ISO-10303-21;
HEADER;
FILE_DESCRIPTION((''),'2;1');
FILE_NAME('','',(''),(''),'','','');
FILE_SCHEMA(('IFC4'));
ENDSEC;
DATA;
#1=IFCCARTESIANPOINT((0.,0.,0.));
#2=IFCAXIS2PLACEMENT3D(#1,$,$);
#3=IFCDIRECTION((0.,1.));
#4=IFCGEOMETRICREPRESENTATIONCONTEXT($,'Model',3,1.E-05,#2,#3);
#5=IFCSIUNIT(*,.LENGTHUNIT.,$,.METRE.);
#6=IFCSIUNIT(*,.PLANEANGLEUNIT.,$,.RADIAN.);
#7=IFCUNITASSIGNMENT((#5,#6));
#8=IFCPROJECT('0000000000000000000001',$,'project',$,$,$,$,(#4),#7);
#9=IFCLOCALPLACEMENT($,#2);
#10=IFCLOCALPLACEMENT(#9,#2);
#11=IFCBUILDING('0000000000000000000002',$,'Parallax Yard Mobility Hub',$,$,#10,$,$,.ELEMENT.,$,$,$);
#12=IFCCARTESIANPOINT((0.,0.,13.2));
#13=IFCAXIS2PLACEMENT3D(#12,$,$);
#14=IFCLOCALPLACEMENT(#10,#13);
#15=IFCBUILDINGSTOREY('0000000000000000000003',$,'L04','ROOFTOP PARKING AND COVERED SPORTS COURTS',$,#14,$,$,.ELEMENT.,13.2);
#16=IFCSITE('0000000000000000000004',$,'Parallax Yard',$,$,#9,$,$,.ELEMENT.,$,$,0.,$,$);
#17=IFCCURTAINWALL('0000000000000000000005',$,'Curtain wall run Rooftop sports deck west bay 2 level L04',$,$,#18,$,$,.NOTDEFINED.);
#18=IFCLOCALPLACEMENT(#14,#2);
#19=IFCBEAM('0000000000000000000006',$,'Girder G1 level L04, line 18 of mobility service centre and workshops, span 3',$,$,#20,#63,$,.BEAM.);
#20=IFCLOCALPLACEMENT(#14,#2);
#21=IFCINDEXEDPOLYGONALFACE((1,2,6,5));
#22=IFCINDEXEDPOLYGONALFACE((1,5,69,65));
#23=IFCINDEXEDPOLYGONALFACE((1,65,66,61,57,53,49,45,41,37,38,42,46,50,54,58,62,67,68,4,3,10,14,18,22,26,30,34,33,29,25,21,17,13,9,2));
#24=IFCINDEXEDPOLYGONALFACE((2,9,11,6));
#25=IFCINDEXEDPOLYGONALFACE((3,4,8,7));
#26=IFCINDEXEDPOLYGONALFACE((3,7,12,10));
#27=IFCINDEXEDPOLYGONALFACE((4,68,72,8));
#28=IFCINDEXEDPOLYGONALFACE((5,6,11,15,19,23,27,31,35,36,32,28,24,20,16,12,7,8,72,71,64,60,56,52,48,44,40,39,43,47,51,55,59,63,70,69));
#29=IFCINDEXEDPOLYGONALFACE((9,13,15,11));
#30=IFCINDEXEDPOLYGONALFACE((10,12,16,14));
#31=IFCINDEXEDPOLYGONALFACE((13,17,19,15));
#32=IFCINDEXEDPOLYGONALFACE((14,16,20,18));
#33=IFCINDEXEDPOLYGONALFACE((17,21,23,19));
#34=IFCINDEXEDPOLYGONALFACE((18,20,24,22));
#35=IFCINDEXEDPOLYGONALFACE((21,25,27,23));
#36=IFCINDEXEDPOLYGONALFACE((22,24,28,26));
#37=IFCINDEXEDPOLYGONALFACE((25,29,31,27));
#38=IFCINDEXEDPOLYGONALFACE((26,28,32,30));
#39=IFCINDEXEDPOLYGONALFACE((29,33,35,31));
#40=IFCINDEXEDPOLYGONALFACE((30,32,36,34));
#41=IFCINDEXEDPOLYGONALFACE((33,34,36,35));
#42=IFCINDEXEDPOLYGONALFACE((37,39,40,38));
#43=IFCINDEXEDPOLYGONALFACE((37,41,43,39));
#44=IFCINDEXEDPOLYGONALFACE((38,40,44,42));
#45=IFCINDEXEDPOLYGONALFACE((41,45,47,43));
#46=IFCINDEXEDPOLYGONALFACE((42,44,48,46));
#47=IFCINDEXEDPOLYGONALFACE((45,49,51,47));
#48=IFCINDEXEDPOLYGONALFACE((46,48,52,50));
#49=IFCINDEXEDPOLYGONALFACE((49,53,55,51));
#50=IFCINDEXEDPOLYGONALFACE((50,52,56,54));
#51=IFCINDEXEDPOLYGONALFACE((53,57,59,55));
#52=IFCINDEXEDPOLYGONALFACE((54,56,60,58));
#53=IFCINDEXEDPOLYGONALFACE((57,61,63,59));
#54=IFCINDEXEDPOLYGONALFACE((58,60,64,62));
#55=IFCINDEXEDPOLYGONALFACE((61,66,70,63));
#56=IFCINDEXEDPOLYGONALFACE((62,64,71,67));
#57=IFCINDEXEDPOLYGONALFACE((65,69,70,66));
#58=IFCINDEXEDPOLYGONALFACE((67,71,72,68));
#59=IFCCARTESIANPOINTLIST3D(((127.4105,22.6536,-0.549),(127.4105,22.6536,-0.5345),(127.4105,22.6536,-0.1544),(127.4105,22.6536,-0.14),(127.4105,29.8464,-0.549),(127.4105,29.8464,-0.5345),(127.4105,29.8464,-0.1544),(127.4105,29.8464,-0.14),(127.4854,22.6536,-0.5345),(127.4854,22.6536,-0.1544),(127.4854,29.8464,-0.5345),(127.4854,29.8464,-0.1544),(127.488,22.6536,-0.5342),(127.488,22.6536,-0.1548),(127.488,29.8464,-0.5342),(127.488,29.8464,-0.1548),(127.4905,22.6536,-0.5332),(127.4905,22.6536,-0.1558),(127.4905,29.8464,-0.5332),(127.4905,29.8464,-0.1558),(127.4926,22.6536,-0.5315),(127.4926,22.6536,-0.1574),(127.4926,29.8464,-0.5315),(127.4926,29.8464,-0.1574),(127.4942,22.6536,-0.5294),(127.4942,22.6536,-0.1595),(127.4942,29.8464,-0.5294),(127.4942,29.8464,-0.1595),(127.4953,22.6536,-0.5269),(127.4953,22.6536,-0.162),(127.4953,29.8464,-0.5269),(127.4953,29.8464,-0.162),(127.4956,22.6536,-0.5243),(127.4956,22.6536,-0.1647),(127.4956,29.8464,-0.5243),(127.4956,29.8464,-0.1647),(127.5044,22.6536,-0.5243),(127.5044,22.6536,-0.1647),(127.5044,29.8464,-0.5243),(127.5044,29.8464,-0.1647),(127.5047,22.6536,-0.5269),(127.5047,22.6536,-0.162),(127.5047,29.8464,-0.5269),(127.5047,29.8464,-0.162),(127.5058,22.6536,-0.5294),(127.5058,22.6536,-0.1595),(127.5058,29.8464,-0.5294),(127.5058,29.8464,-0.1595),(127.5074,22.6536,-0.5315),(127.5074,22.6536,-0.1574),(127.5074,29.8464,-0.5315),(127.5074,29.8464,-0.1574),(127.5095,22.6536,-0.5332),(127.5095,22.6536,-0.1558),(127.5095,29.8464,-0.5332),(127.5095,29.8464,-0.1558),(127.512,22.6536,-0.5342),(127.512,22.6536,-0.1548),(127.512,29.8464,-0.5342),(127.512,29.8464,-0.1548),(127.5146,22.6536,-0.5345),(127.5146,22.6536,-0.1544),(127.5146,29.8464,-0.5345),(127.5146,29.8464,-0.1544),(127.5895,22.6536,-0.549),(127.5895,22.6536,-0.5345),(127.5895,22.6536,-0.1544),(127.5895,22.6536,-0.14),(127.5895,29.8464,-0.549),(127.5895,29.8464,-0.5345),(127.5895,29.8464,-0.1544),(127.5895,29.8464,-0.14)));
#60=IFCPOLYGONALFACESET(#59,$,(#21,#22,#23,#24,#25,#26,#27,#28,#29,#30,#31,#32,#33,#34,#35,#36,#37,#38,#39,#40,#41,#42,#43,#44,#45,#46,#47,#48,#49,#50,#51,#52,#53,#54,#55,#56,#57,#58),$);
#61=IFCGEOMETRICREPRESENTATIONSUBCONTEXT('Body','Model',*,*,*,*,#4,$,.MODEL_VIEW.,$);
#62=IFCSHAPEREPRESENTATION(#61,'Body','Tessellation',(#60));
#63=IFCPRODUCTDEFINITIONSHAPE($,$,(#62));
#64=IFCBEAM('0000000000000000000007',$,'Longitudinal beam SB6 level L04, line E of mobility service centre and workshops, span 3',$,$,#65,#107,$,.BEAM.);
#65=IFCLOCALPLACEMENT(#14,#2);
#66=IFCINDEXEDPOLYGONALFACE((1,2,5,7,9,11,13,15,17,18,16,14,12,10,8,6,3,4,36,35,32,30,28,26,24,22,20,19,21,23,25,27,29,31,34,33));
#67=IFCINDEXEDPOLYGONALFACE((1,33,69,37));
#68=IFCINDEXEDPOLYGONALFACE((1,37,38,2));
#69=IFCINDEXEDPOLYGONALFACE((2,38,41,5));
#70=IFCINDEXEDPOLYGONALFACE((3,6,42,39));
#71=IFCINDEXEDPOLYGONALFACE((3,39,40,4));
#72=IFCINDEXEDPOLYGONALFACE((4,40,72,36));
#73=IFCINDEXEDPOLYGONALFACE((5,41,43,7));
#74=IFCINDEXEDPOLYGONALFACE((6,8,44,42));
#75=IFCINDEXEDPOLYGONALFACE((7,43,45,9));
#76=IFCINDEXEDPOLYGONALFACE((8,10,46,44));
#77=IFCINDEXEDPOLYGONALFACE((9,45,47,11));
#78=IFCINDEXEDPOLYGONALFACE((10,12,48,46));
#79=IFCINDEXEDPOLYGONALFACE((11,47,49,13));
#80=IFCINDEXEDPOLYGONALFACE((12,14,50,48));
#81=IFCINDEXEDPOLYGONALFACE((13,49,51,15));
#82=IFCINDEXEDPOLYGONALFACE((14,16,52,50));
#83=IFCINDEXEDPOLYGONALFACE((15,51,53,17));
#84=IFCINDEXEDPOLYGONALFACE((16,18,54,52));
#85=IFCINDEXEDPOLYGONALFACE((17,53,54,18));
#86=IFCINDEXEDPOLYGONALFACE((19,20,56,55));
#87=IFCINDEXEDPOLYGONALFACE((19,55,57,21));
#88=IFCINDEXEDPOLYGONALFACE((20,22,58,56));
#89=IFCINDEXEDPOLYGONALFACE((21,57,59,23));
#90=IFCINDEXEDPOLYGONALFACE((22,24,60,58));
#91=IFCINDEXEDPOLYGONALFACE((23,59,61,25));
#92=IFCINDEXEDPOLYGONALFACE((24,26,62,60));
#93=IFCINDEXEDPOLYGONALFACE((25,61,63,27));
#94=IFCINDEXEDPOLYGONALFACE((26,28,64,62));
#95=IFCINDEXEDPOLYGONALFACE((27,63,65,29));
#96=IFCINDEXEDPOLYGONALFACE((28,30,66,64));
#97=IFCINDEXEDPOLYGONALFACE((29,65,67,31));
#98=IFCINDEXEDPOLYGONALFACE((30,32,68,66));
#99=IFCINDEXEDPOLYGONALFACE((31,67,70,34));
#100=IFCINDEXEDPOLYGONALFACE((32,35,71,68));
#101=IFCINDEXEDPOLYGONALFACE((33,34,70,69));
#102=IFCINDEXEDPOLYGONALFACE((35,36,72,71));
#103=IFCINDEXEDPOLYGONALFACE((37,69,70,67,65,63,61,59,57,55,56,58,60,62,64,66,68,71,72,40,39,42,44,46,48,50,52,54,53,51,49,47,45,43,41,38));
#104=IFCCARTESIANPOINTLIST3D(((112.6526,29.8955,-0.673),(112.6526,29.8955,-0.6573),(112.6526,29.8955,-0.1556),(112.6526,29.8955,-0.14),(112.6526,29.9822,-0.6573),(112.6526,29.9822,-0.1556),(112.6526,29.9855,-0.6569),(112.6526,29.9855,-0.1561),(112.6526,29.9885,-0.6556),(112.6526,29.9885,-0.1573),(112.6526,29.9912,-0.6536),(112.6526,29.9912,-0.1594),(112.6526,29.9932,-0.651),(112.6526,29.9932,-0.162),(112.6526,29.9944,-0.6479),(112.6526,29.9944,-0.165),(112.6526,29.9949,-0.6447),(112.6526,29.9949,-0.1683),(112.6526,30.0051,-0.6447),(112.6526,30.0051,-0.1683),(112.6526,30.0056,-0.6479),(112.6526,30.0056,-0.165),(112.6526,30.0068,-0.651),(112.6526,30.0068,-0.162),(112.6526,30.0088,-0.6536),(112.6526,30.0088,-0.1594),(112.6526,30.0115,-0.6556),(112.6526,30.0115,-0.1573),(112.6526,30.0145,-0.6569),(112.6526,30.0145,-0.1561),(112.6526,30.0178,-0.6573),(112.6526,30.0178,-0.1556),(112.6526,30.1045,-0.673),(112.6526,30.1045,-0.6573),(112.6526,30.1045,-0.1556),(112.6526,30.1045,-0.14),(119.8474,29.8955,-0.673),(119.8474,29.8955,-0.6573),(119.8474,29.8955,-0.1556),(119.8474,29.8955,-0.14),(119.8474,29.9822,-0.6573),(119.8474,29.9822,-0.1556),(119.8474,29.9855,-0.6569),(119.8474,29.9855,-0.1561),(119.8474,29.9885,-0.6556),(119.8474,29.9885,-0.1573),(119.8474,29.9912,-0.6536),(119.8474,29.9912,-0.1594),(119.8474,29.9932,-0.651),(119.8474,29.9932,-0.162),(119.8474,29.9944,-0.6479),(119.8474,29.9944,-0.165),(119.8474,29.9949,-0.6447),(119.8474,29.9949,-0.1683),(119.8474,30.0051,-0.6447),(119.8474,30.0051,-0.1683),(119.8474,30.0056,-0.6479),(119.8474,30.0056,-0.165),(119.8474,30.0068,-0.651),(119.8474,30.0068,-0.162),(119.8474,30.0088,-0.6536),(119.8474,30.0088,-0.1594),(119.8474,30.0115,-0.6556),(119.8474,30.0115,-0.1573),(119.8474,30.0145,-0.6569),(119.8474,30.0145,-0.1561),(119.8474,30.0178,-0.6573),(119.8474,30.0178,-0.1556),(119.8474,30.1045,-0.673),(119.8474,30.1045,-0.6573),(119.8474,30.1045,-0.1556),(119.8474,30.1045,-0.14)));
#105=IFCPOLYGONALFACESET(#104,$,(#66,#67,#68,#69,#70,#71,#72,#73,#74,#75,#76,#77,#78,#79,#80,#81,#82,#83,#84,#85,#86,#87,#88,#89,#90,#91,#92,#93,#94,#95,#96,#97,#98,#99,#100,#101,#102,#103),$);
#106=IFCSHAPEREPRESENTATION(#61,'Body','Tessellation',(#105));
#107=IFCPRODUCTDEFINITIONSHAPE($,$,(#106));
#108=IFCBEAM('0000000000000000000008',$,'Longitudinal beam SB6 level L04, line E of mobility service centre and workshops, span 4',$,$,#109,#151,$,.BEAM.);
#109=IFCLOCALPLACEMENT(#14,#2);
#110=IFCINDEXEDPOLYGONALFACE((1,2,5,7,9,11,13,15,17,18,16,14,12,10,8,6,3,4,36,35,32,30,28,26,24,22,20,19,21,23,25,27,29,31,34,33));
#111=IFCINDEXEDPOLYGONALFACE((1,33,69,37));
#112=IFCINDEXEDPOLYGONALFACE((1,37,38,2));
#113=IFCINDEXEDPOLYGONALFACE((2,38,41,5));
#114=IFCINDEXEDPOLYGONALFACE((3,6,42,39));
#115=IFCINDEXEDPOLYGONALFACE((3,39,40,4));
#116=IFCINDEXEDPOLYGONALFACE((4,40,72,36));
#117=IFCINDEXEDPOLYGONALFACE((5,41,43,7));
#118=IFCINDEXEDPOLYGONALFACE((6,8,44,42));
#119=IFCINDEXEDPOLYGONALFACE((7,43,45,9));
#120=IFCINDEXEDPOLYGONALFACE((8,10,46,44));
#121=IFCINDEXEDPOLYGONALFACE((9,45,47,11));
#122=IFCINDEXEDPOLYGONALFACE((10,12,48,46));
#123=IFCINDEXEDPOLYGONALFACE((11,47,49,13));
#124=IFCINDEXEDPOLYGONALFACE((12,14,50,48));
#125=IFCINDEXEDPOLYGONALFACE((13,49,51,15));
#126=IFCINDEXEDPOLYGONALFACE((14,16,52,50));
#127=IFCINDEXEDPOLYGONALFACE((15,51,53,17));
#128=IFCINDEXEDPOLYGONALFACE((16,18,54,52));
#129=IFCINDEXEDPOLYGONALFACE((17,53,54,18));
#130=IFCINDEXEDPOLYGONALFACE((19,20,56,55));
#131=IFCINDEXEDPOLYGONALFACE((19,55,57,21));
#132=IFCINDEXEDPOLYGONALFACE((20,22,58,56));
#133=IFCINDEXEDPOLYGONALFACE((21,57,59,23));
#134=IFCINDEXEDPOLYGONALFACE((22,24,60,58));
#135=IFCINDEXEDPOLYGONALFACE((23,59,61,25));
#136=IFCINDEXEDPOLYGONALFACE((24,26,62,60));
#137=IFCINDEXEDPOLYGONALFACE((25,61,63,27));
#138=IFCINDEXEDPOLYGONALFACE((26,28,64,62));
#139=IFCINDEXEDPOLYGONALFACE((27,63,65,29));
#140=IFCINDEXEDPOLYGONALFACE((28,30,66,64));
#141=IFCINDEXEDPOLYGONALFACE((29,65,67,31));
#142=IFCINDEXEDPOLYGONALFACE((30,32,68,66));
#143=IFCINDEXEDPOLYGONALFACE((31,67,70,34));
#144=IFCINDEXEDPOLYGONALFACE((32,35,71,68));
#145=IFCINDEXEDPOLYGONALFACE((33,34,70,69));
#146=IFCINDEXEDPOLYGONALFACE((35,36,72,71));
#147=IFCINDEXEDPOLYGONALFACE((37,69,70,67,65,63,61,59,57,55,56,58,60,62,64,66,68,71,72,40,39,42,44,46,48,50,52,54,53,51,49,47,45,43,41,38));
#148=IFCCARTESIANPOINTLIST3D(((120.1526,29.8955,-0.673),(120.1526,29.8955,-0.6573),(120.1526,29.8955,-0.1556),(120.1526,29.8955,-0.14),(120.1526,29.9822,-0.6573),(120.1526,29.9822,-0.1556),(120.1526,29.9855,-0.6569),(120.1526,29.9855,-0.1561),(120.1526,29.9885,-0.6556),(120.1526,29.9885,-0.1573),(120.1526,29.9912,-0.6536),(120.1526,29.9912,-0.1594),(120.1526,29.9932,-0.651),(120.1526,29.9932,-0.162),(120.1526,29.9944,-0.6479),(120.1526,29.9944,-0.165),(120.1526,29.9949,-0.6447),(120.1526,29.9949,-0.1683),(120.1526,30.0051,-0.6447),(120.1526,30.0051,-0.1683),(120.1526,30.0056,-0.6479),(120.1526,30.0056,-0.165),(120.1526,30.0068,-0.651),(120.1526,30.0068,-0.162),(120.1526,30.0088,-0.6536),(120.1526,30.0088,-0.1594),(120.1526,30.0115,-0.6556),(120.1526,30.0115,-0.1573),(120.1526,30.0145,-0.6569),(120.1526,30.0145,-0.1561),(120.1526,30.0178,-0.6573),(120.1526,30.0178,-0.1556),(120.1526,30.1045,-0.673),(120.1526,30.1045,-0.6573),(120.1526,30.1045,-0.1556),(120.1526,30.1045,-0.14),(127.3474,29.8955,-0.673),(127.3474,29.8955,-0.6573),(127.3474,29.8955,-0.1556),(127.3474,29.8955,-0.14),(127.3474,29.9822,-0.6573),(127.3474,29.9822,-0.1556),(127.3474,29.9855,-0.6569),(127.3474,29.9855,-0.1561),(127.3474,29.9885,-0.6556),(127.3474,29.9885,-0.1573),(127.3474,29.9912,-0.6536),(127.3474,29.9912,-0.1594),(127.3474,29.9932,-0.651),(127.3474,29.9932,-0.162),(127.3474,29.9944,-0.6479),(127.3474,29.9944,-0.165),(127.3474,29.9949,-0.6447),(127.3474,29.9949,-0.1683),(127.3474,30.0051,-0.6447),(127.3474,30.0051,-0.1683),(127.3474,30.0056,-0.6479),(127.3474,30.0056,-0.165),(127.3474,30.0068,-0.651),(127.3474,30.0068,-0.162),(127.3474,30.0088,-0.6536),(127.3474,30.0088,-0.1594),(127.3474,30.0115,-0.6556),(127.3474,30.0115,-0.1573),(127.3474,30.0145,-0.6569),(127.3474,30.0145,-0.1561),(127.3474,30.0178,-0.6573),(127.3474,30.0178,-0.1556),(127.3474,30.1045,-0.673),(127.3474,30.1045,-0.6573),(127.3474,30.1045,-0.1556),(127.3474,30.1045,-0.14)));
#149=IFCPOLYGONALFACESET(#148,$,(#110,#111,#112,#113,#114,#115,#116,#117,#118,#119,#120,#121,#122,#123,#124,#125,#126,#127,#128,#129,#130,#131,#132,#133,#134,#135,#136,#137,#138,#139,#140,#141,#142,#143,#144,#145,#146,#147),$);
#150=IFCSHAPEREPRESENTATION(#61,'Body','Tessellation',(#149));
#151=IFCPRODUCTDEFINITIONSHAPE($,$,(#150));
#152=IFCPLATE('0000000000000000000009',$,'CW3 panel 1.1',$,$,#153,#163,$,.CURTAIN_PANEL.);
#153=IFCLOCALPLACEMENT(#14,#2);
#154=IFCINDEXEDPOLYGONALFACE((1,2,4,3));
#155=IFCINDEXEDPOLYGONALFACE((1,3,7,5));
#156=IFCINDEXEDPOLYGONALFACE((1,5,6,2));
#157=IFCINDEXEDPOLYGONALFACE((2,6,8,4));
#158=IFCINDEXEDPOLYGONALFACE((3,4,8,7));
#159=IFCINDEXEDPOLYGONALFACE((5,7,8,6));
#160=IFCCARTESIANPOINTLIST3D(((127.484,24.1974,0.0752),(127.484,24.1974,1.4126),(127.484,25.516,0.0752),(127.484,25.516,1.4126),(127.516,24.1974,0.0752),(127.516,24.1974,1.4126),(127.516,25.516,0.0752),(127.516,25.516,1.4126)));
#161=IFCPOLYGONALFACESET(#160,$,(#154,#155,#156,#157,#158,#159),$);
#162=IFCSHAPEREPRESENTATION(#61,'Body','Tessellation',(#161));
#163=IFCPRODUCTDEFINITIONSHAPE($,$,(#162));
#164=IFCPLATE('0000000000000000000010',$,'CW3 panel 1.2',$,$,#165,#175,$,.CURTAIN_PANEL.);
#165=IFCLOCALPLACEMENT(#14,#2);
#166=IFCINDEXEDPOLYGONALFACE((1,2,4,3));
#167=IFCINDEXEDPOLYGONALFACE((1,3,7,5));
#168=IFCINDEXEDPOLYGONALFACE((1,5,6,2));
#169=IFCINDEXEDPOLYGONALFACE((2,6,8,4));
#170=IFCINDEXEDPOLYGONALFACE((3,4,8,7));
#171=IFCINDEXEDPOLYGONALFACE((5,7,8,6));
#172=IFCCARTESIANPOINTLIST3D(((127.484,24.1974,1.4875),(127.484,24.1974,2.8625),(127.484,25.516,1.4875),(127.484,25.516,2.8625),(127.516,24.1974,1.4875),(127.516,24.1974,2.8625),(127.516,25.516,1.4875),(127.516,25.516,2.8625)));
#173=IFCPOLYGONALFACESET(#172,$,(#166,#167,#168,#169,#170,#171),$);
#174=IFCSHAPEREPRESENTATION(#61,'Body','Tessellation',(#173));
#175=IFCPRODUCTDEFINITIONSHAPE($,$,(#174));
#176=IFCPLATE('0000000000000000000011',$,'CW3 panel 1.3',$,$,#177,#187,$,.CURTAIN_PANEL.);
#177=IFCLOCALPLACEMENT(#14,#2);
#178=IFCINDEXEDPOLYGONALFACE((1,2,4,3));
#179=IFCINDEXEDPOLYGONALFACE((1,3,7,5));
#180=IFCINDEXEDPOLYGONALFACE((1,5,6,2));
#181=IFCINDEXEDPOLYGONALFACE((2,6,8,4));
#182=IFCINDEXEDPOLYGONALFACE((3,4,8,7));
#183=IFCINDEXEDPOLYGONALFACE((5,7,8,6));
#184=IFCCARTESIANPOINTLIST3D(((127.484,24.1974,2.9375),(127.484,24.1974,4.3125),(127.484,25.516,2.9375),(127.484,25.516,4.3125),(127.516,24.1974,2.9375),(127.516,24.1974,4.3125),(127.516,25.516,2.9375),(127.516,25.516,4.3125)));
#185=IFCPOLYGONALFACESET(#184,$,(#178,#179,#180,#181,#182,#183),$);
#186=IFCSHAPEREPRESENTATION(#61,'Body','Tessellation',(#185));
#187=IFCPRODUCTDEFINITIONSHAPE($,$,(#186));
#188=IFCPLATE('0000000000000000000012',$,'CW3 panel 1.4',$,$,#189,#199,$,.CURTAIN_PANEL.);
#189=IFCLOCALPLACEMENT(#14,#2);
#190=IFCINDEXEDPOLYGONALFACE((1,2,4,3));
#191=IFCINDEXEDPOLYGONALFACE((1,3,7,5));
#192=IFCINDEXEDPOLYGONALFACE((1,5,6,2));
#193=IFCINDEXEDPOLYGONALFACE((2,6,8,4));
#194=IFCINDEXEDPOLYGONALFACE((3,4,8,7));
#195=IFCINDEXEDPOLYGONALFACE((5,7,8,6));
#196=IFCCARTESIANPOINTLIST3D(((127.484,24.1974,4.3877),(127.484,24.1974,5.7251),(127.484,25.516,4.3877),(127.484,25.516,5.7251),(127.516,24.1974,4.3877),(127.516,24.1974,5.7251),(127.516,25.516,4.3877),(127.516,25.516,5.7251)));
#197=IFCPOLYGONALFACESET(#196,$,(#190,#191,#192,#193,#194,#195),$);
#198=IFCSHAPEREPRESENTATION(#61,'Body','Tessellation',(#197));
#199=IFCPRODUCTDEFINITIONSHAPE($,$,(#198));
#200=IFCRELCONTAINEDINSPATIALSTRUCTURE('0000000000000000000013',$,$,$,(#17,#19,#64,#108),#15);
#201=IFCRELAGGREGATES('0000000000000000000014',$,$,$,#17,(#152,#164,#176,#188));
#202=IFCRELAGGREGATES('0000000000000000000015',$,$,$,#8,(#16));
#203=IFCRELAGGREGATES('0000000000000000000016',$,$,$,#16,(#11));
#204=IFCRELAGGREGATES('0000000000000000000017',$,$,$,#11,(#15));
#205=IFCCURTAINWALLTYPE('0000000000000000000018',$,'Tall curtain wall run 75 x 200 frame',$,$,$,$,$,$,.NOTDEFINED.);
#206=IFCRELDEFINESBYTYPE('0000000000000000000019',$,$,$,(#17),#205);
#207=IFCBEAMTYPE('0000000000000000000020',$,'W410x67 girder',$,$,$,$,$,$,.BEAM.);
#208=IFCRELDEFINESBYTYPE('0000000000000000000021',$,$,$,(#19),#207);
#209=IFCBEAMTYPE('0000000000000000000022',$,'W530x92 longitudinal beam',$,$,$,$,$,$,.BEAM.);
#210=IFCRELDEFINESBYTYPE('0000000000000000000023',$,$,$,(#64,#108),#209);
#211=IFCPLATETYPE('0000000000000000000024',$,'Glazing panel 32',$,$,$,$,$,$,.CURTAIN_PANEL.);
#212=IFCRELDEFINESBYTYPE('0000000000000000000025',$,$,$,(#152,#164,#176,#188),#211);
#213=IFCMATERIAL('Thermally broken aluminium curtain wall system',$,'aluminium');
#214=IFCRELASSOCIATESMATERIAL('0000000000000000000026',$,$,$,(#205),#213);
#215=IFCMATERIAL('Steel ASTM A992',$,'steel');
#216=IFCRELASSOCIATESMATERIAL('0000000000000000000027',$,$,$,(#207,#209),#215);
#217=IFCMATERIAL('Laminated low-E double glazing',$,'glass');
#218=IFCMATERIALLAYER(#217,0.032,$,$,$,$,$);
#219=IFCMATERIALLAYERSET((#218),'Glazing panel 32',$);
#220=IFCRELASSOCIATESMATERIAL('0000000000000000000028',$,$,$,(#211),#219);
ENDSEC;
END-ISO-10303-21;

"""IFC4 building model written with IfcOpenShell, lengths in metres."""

from ifc_helpers import new_model, si_unit, direction, frame, origin, origin_2d, place, context, subcontext, project, spatial, rectangle, i_section, extrude, material, layer, layer_set, material_profile, profile_set, type_object, element, aggregate, save


model = new_model("IFC4")

# Units and contexts
model_context = context("Model", 3, precision=1e-05, world=origin(), true_north=direction((0.0, 1.0)))
body_context = subcontext(model_context, "Body", "Model", "MODEL_VIEW")
ifc_project = project(units=[si_unit("LENGTHUNIT", "METRE"), si_unit("PLANEANGLEUNIT", "RADIAN")], contexts=[model_context])

# Site, building, storey
site_placement = place(None, origin())
site = spatial("IfcSite", under=ifc_project, at=site_placement, Name="Parallax Yard", CompositionType="ELEMENT", RefElevation=0.0)
building_placement = place(site_placement, origin())
building = spatial("IfcBuilding", under=site, at=building_placement, Name="Parallax Yard Mobility Hub", CompositionType="ELEMENT")
storey_placement = place(building_placement, frame((0.0, 0.0, 13.2)))
storey = spatial("IfcBuildingStorey", under=building, at=storey_placement, Name="L04", Description="ROOFTOP PARKING AND COVERED SPORTS COURTS", CompositionType="ELEMENT", Elevation=13.2)

# Curtain wall
ifc_material_1 = material(Name="Thermally broken aluminium curtain wall system", Category="aluminium")
curtain_wall_type = type_object("IfcCurtainWallType", Name="Tall curtain wall run 75 x 200 frame", PredefinedType="NOTDEFINED", material=ifc_material_1)
curtain_wall_1_placement = place(storey_placement, origin())
curtain_wall_1 = element("IfcCurtainWall", 1, at=curtain_wall_1_placement, inside=storey, type_object=curtain_wall_type, Name="Curtain wall run Rooftop sports deck west bay 2 level L04", PredefinedType="NOTDEFINED")

# Shared definitions
ifc_material_2 = material(Name="Steel ASTM A992", Category="steel")

# Beams
ifc_material_profile_1 = material_profile(ifc_material_2, i_section(OverallWidth=0.179, OverallDepth=0.4089, WebThickness=0.0088, FlangeThickness=0.0144, FilletRadius=0.0103, at=origin_2d()), Name="W410x67")
ifc_profile_set_1 = profile_set([ifc_material_profile_1], Name="Steel ASTM A992")
beam_type_1 = type_object("IfcBeamType", Name="W410x67 girder", PredefinedType="BEAM", material=ifc_profile_set_1)
for number, where, z_axis, x_axis, name in (
    (2, (127.5, 22.6536, -0.3445), (0.0, 1.0, 0.0), (-1.0, 0.0, 0.0), "Girder G1 level L04, line 18 of mobility service centre and workshops, span 3"),
):
    element("IfcBeam", number, at=place(storey_placement, frame(where, z_axis=z_axis, x_axis=x_axis)), inside=storey, type_object=beam_type_1, Name=name, PredefinedType="BEAM", context=body_context, shape_type="SweptSolid", body=[
        extrude(i_section(OverallWidth=0.179, OverallDepth=0.4089, WebThickness=0.0088, FlangeThickness=0.0144, FilletRadius=0.0103, at=origin_2d()), origin(), (0.0, 0.0, 1.0), 7.1929),
    ])
ifc_material_profile_2 = material_profile(ifc_material_2, i_section(OverallWidth=0.209, OverallDepth=0.533, WebThickness=0.0103, FlangeThickness=0.0156, FilletRadius=0.0127, at=origin_2d()), Name="W530x92")
ifc_profile_set_2 = profile_set([ifc_material_profile_2], Name="Steel ASTM A992")
beam_type_2 = type_object("IfcBeamType", Name="W530x92 longitudinal beam", PredefinedType="BEAM", material=ifc_profile_set_2)
for number, where, z_axis, x_axis, name in (
    (3, (112.6526, 30.0, -0.4065), (1.0, 0.0, 0.0), (0.0, 1.0, 0.0), "Longitudinal beam SB6 level L04, line E of mobility service centre and workshops, span 3"),
    (4, (120.1526, 30.0, -0.4065), (1.0, 0.0, 0.0), (0.0, 1.0, 0.0), "Longitudinal beam SB6 level L04, line E of mobility service centre and workshops, span 4"),
):
    element("IfcBeam", number, at=place(storey_placement, frame(where, z_axis=z_axis, x_axis=x_axis)), inside=storey, type_object=beam_type_2, Name=name, PredefinedType="BEAM", context=body_context, shape_type="SweptSolid", body=[
        extrude(i_section(OverallWidth=0.209, OverallDepth=0.533, WebThickness=0.0103, FlangeThickness=0.0156, FilletRadius=0.0127, at=origin_2d()), origin(), (0.0, 0.0, 1.0), 7.1948),
    ])

# Plates
ifc_material_3 = material(Name="Laminated low-E double glazing", Category="glass")
ifc_layer_1 = layer(ifc_material_3, 0.032)
ifc_layer_set_1 = layer_set([ifc_layer_1], Name="Glazing panel 32")
plate_type = type_object("IfcPlateType", Name="Glazing panel 32", PredefinedType="CURTAIN_PANEL", material=ifc_layer_set_1)
plate_1_placement = place(storey_placement, frame((127.5, 24.8567, 0.0752), z_axis=(0.0, 0.0, 1.0), x_axis=(0.0, 1.0, 0.0)))
plate_1 = element("IfcPlate", 5, at=plate_1_placement, type_object=plate_type, Name="CW3 panel 1.1", PredefinedType="CURTAIN_PANEL", context=body_context, shape_type="SweptSolid", body=[
    extrude(rectangle(XDim=1.3186, YDim=0.032, at=origin_2d()), origin(), (0.0, 0.0, 1.0), 1.3374),
])
plate_2_placement = place(storey_placement, frame((127.5, 24.8567, 1.4875), z_axis=(0.0, 0.0, 1.0), x_axis=(0.0, 1.0, 0.0)))
plate_2 = element("IfcPlate", 6, at=plate_2_placement, type_object=plate_type, Name="CW3 panel 1.2", PredefinedType="CURTAIN_PANEL", context=body_context, shape_type="SweptSolid", body=[
    extrude(rectangle(XDim=1.3186, YDim=0.032, at=origin_2d()), origin(), (0.0, 0.0, 1.0), 1.375),
])
plate_3_placement = place(storey_placement, frame((127.5, 24.8567, 2.9375), z_axis=(0.0, 0.0, 1.0), x_axis=(0.0, 1.0, 0.0)))
plate_3 = element("IfcPlate", 7, at=plate_3_placement, type_object=plate_type, Name="CW3 panel 1.3", PredefinedType="CURTAIN_PANEL", context=body_context, shape_type="SweptSolid", body=[
    extrude(rectangle(XDim=1.3186, YDim=0.032, at=origin_2d()), origin(), (0.0, 0.0, 1.0), 1.375),
])
plate_4_placement = place(storey_placement, frame((127.5, 24.8567, 4.3877), z_axis=(0.0, 0.0, 1.0), x_axis=(0.0, 1.0, 0.0)))
plate_4 = element("IfcPlate", 8, at=plate_4_placement, type_object=plate_type, Name="CW3 panel 1.4", PredefinedType="CURTAIN_PANEL", context=body_context, shape_type="SweptSolid", body=[
    extrude(rectangle(XDim=1.3186, YDim=0.032, at=origin_2d()), origin(), (0.0, 0.0, 1.0), 1.3374),
])
aggregate(curtain_wall_1, [plate_1, plate_2, plate_3, plate_4])

save(model, "model.ifc")
